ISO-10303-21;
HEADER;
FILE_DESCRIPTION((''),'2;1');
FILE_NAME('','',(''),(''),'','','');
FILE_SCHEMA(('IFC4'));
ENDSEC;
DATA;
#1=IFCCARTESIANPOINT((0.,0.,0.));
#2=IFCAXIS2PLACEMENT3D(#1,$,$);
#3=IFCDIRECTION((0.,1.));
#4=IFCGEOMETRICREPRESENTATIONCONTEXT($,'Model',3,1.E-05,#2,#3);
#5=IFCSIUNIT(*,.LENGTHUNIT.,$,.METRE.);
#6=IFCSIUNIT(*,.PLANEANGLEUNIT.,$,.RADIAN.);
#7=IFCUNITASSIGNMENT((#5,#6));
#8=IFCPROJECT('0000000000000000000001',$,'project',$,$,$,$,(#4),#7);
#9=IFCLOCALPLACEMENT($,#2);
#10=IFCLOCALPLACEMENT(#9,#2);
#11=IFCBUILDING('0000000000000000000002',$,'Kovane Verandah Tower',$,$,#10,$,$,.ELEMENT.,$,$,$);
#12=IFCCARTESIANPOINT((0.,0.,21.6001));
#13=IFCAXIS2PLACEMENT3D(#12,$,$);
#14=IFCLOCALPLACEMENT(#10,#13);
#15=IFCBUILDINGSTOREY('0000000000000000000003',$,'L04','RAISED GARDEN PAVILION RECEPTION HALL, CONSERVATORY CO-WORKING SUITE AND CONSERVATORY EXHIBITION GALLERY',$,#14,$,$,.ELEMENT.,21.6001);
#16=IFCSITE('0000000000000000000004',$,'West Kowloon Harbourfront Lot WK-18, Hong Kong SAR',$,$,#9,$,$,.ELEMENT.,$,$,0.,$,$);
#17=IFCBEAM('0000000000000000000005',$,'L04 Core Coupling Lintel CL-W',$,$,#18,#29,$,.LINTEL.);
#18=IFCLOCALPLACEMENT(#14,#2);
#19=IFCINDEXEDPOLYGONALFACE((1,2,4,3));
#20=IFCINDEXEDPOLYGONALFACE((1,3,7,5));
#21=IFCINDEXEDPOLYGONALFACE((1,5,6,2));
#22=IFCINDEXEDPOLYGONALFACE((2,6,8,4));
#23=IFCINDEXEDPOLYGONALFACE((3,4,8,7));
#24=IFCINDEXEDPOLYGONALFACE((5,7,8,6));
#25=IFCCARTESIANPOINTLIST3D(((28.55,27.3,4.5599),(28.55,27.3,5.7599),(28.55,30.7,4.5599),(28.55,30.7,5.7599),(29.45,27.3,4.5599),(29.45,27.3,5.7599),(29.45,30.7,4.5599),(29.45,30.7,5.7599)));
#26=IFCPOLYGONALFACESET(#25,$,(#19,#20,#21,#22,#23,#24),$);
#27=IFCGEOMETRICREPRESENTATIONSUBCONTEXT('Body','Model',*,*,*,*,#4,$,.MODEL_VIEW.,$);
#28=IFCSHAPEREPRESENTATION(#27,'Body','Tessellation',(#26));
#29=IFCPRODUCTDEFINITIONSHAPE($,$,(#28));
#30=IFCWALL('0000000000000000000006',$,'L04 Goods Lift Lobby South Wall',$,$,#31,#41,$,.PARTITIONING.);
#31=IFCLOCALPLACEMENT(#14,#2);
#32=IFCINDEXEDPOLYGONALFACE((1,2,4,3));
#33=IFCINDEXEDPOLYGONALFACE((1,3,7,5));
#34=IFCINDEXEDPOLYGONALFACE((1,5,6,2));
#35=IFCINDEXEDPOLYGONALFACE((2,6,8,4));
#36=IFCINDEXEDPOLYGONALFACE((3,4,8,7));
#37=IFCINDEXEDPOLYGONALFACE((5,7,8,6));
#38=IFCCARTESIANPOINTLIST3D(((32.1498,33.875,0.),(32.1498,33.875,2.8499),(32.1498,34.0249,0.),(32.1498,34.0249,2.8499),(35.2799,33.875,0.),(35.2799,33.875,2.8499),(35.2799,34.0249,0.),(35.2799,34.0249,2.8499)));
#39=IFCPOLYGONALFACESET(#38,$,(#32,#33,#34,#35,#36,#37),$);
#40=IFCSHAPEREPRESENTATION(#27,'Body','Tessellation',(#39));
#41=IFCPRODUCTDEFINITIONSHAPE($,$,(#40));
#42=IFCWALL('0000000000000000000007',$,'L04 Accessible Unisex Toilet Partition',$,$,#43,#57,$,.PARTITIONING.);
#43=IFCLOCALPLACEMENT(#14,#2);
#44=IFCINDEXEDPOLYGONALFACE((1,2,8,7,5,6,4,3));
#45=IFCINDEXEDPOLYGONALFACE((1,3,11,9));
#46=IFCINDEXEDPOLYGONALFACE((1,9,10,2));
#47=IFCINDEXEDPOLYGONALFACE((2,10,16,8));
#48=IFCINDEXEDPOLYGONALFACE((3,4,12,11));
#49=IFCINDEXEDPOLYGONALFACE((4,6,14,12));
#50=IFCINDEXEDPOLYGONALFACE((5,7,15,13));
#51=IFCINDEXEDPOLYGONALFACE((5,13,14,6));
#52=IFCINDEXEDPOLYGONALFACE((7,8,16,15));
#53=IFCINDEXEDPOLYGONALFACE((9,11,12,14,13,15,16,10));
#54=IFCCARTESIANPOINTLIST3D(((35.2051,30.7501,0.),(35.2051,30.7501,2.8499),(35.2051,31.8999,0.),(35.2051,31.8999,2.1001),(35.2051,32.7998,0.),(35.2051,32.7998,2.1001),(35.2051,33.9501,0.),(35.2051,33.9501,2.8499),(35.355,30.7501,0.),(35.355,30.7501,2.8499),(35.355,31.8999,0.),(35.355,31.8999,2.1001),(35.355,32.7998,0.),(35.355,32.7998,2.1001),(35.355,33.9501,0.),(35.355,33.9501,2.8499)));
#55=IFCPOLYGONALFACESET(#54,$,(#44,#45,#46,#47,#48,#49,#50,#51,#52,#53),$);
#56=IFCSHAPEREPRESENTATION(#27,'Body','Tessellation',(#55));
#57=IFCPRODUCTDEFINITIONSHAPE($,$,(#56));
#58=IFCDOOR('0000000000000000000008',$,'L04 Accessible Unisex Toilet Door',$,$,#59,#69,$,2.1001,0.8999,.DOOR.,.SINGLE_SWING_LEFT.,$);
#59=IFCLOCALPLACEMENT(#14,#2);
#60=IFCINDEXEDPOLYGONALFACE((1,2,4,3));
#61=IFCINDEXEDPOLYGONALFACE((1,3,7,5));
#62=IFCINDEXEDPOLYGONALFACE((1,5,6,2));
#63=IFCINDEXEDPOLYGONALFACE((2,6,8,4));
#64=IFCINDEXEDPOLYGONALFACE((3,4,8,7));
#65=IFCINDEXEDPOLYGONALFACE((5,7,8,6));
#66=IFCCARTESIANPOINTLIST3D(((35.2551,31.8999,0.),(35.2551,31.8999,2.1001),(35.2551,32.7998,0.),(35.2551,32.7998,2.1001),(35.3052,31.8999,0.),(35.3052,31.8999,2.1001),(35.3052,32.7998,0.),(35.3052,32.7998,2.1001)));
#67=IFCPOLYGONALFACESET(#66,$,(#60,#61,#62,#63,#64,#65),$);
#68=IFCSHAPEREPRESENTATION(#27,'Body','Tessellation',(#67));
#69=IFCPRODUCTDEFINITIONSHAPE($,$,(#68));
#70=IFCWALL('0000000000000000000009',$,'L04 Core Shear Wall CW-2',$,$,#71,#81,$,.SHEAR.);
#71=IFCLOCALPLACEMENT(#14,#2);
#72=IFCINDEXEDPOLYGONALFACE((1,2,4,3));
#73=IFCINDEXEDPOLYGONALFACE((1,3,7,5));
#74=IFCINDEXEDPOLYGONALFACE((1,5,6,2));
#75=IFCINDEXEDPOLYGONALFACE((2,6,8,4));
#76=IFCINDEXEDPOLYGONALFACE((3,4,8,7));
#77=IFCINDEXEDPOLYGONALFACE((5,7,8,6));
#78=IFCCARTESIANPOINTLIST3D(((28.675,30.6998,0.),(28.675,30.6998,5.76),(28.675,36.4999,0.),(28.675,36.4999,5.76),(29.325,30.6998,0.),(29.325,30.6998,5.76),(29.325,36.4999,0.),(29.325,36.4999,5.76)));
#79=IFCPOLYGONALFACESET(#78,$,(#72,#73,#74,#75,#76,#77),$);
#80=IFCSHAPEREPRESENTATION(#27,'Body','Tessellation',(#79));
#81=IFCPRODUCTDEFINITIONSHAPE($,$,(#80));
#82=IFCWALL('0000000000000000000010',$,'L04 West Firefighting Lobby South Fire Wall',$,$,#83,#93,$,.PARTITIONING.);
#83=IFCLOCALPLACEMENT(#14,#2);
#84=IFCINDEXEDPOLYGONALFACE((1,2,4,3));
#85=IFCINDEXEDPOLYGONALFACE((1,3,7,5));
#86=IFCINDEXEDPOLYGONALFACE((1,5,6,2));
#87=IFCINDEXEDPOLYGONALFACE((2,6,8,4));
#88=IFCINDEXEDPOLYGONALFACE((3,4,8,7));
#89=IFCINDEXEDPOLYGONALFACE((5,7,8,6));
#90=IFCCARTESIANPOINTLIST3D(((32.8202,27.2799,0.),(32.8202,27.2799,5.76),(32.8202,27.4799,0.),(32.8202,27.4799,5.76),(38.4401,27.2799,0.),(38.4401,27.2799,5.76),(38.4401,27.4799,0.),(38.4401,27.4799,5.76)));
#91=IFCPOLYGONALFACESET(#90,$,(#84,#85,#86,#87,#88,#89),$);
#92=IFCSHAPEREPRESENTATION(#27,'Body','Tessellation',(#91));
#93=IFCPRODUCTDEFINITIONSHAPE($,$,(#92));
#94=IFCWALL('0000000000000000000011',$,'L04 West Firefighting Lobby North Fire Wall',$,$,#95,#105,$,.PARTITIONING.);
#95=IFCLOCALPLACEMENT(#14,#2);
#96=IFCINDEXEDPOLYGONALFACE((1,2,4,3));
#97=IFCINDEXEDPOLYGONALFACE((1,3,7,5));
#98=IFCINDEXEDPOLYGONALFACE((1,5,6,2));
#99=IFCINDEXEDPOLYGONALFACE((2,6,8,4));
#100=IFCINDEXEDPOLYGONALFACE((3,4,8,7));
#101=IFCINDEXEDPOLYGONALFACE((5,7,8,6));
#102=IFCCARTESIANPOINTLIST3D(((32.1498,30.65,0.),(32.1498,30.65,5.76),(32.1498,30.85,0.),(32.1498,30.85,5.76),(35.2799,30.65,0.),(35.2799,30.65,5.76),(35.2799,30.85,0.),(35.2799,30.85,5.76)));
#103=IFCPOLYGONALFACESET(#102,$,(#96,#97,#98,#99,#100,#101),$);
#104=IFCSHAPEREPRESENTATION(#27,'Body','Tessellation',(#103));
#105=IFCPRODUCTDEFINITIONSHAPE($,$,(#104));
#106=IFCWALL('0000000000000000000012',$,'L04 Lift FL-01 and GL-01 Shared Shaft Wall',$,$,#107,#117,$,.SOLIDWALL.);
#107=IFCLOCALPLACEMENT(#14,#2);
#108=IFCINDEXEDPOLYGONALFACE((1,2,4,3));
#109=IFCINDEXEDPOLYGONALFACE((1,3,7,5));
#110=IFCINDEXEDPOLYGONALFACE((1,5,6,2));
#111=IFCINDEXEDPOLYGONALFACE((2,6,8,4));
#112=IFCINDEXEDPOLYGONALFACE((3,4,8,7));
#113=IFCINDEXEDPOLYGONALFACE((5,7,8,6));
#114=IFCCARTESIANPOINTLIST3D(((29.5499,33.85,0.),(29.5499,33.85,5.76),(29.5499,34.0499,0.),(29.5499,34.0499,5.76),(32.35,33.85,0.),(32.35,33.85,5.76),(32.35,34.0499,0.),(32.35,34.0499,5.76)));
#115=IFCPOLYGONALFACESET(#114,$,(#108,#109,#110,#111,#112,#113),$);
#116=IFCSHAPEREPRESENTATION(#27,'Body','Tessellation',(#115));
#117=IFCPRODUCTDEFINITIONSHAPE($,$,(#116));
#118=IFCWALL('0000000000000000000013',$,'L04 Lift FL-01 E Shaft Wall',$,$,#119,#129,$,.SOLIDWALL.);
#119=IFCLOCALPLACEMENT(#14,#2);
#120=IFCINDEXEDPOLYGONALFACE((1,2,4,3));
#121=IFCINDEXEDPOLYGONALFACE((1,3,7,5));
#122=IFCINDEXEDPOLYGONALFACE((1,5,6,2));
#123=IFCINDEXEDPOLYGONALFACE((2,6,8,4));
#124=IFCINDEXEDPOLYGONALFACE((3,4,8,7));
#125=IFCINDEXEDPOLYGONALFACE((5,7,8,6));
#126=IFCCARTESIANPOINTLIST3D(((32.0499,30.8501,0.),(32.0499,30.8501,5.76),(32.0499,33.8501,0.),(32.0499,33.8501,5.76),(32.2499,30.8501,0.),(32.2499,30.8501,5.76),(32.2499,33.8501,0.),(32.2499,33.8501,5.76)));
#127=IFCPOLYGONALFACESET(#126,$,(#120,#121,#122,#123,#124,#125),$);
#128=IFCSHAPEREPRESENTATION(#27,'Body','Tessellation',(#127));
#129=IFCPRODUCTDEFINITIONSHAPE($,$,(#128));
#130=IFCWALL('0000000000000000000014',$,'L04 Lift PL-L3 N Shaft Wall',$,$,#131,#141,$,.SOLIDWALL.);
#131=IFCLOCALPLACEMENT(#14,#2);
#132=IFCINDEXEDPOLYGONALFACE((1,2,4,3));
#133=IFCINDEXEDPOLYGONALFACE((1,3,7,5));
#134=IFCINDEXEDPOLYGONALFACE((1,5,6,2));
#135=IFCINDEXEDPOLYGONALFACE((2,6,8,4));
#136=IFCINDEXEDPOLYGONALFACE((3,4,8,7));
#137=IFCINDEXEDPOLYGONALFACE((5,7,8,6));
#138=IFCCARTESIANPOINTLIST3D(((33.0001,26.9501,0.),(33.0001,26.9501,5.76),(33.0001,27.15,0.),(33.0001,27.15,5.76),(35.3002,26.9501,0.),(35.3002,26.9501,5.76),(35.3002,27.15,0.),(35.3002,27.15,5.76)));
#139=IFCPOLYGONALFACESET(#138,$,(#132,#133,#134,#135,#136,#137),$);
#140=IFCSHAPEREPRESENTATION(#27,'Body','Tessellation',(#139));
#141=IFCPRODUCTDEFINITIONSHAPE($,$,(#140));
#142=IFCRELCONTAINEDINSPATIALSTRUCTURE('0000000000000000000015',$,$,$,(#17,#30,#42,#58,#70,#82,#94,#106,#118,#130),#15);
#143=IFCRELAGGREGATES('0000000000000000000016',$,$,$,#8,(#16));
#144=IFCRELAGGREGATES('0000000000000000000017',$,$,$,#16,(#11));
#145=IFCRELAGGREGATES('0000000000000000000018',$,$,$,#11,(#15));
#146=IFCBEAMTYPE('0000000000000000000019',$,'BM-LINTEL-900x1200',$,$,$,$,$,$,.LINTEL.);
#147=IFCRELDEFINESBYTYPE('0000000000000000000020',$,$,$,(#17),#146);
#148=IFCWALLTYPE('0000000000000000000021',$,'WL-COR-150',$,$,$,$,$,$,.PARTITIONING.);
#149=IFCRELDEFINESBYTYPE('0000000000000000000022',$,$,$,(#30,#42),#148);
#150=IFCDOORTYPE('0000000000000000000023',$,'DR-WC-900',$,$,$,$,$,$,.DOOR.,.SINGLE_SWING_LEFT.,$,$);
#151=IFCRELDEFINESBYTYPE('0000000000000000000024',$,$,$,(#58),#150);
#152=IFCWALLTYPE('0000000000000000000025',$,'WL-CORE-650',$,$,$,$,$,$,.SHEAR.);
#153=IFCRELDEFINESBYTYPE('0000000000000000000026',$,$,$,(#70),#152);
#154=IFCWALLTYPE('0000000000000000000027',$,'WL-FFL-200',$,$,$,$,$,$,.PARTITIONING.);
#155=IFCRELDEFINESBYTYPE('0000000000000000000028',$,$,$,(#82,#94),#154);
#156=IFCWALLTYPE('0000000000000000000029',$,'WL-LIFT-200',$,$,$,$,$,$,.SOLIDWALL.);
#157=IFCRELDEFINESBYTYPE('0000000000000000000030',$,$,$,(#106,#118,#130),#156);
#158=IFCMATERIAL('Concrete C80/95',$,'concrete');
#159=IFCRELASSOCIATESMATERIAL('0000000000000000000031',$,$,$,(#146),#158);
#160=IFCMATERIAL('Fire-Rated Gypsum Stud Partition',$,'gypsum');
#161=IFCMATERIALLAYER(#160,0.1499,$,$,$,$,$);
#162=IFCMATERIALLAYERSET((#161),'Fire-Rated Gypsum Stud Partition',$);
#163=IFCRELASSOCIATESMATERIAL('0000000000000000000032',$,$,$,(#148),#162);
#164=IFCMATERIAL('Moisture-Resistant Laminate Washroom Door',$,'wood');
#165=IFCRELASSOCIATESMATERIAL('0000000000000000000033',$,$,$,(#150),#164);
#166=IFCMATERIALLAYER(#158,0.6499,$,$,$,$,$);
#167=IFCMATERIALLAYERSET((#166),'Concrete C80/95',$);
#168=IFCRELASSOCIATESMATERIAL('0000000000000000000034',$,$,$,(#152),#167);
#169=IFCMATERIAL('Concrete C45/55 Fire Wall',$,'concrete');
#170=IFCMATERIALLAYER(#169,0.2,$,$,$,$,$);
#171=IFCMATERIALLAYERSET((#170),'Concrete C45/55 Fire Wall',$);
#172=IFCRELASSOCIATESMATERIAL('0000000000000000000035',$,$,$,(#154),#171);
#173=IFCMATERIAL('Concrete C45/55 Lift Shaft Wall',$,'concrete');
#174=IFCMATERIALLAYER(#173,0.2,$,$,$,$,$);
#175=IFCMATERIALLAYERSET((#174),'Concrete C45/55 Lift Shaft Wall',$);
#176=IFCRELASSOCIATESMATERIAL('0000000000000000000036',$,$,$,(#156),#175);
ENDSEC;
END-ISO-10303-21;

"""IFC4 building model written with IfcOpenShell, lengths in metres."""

from ifc_helpers import new_model, si_unit, direction, frame, frame_2d, origin, origin_2d, place, context, subcontext, project, spatial, rectangle, extrude, material, layer, layer_set, material_profile, profile_set, type_object, element, fill, save


model = new_model("IFC4")

# Units and contexts
model_context = context("Model", 3, precision=1e-05, world=origin(), true_north=direction((0.0, 1.0)))
body_context = subcontext(model_context, "Body", "Model", "MODEL_VIEW")
ifc_project = project(units=[si_unit("LENGTHUNIT", "METRE"), si_unit("PLANEANGLEUNIT", "RADIAN")], contexts=[model_context])

# Site, building, storey
site_placement = place(None, origin())
site = spatial("IfcSite", under=ifc_project, at=site_placement, Name="West Kowloon Harbourfront Lot WK-18, Hong Kong SAR", CompositionType="ELEMENT", RefElevation=0.0)
building_placement = place(site_placement, origin())
building = spatial("IfcBuilding", under=site, at=building_placement, Name="Kovane Verandah Tower", CompositionType="ELEMENT")
storey_placement = place(building_placement, frame((0.0, 0.0, 21.6001)))
storey = spatial("IfcBuildingStorey", under=building, at=storey_placement, Name="L04", Description="RAISED GARDEN PAVILION RECEPTION HALL, CONSERVATORY CO-WORKING SUITE AND CONSERVATORY EXHIBITION GALLERY", CompositionType="ELEMENT", Elevation=21.6001)

# Beam
ifc_material_1 = material(Name="Concrete C80/95", Category="concrete")
ifc_material_profile = material_profile(ifc_material_1, rectangle(XDim=0.8999, YDim=1.2, at=origin_2d()), Name="RCB900x1200")
ifc_profile_set = profile_set([ifc_material_profile], Name="Concrete C80/95")
beam_type = type_object("IfcBeamType", Name="BM-LINTEL-900x1200", PredefinedType="LINTEL", material=ifc_profile_set)
beam_placement = place(storey_placement, frame((29.0, 27.3, 5.1599), z_axis=(0.0, 1.0, 0.0), x_axis=(-1.0, 0.0, 0.0)))
element("IfcBeam", 1, at=beam_placement, inside=storey, type_object=beam_type, Name="L04 Core Coupling Lintel CL-W", PredefinedType="LINTEL", context=body_context, shape_type="SweptSolid", body=[
    extrude(rectangle(XDim=0.8999, YDim=1.2, at=origin_2d()), origin(), (0.0, 0.0, 1.0), 3.3999),
])

# Wall
ifc_material_2 = material(Name="Fire-Rated Gypsum Stud Partition", Category="gypsum")
ifc_layer_1 = layer(ifc_material_2, 0.1499)
ifc_layer_set_1 = layer_set([ifc_layer_1], Name="Fire-Rated Gypsum Stud Partition")
wall_type_1 = type_object("IfcWallType", Name="WL-COR-150", PredefinedType="PARTITIONING", material=ifc_layer_set_1)
wall_1_placement = place(storey_placement, frame((32.1499, 33.95, 0.0), z_axis=(0.0, 0.0, 1.0), x_axis=(1.0, 0.0, 0.0)))
element("IfcWall", 2, at=wall_1_placement, inside=storey, type_object=wall_type_1, Name="L04 Goods Lift Lobby South Wall", PredefinedType="PARTITIONING", context=body_context, shape_type="SweptSolid", body=[
    extrude(rectangle(XDim=3.1301, YDim=0.1499, at=frame_2d((1.5649, 0.0))), origin(), (0.0, 0.0, 1.0), 2.8499),
])

# Wall, opening, door
wall_2_placement = place(storey_placement, frame((35.28, 30.75, 0.0), z_axis=(0.0, 0.0, 1.0), x_axis=(0.0, 1.0, 0.0)))
wall_2 = element("IfcWall", 3, at=wall_2_placement, inside=storey, type_object=wall_type_1, Name="L04 Accessible Unisex Toilet Partition", PredefinedType="PARTITIONING", context=body_context, shape_type="SweptSolid", body=[
    extrude(rectangle(XDim=3.2, YDim=0.1499, at=frame_2d((1.6001, 0.0))), origin(), (0.0, 0.0, 1.0), 2.8499),
])
opening_1_placement = place(wall_2_placement, frame((1.1499, 0.0, 0.0)))
opening_1 = element("IfcOpeningElement", 4, at=opening_1_placement, cuts=wall_2, PredefinedType="OPENING", context=body_context, shape_type="SweptSolid", body=[
    extrude(rectangle(XDim=0.8999, YDim=2.1001, at=frame_2d((0.45, 1.05))), frame((0.0, 0.075, 0.0), z_axis=(0.0, -1.0, 0.0), x_axis=(1.0, 0.0, 0.0)), (0.0, 0.0, 1.0), 0.1499),
])
ifc_material_3 = material(Name="Moisture-Resistant Laminate Washroom Door", Category="wood")
door_type_1 = type_object("IfcDoorType", Name="DR-WC-900", OperationType="SINGLE_SWING_LEFT", PredefinedType="DOOR", material=ifc_material_3)
door_1_placement = place(opening_1_placement, origin())
door_1 = element("IfcDoor", 5, at=door_1_placement, inside=storey, type_object=door_type_1, Name="L04 Accessible Unisex Toilet Door", OperationType="SINGLE_SWING_LEFT", OverallHeight=2.1001, OverallWidth=0.8999, PredefinedType="DOOR", context=body_context, shape_type="SweptSolid", body=[
    extrude(rectangle(XDim=0.8999, YDim=2.1001, at=frame_2d((0.45, 1.05))), frame((0.0, 0.0249, 0.0), z_axis=(0.0, -1.0, 0.0), x_axis=(1.0, 0.0, 0.0)), (0.0, 0.0, 1.0), 0.05),
])
fill(opening_1, door_1)

# Wall
ifc_layer_2 = layer(ifc_material_1, 0.6499)
ifc_layer_set_2 = layer_set([ifc_layer_2], Name="Concrete C80/95")
wall_type_2 = type_object("IfcWallType", Name="WL-CORE-650", PredefinedType="SHEAR", material=ifc_layer_set_2)
wall_3_placement = place(storey_placement, frame((29.0, 30.7, 0.0), z_axis=(0.0, 0.0, 1.0), x_axis=(0.0, 1.0, 0.0)))
element("IfcWall", 6, at=wall_3_placement, inside=storey, type_object=wall_type_2, Name="L04 Core Shear Wall CW-2", PredefinedType="SHEAR", context=body_context, shape_type="SweptSolid", body=[
    extrude(rectangle(XDim=5.8, YDim=0.6499, at=frame_2d((2.8999, 0.0))), origin(), (0.0, 0.0, 1.0), 5.76),
])

# Shared definitions
ifc_material_4 = material(Name="Concrete C45/55 Fire Wall", Category="concrete")
ifc_layer_3 = layer(ifc_material_4, 0.2)
ifc_layer_set_3 = layer_set([ifc_layer_3], Name="Concrete C45/55 Fire Wall")
wall_type_3 = type_object("IfcWallType", Name="WL-FFL-200", PredefinedType="PARTITIONING", material=ifc_layer_set_3)

# Walls
wall_4_placement = place(storey_placement, frame((32.8201, 27.3799, 0.0), z_axis=(0.0, 0.0, 1.0), x_axis=(1.0, 0.0, 0.0)))
element("IfcWall", 7, at=wall_4_placement, inside=storey, type_object=wall_type_3, Name="L04 West Firefighting Lobby South Fire Wall", PredefinedType="PARTITIONING", context=body_context, shape_type="SweptSolid", body=[
    extrude(rectangle(XDim=5.6199, YDim=0.2, at=frame_2d((2.8101, 0.0))), origin(), (0.0, 0.0, 1.0), 5.76),
])
wall_5_placement = place(storey_placement, frame((32.1499, 30.75, 0.0), z_axis=(0.0, 0.0, 1.0), x_axis=(1.0, 0.0, 0.0)))
element("IfcWall", 8, at=wall_5_placement, inside=storey, type_object=wall_type_3, Name="L04 West Firefighting Lobby North Fire Wall", PredefinedType="PARTITIONING", context=body_context, shape_type="SweptSolid", body=[
    extrude(rectangle(XDim=3.1301, YDim=0.2, at=frame_2d((1.5649, 0.0))), origin(), (0.0, 0.0, 1.0), 5.76),
])

# Shared definitions
ifc_material_5 = material(Name="Concrete C45/55 Lift Shaft Wall", Category="concrete")
ifc_layer_4 = layer(ifc_material_5, 0.2)
ifc_layer_set_4 = layer_set([ifc_layer_4], Name="Concrete C45/55 Lift Shaft Wall")
wall_type_4 = type_object("IfcWallType", Name="WL-LIFT-200", PredefinedType="SOLIDWALL", material=ifc_layer_set_4)

# Walls
wall_6_placement = place(storey_placement, frame((29.55, 33.95, 0.0), z_axis=(0.0, 0.0, 1.0), x_axis=(1.0, 0.0, 0.0)))
element("IfcWall", 9, at=wall_6_placement, inside=storey, type_object=wall_type_4, Name="L04 Lift FL-01 and GL-01 Shared Shaft Wall", PredefinedType="SOLIDWALL", context=body_context, shape_type="SweptSolid", body=[
    extrude(rectangle(XDim=2.8, YDim=0.2, at=frame_2d((1.3999, 0.0))), origin(), (0.0, 0.0, 1.0), 5.76),
])
wall_7_placement = place(storey_placement, frame((32.1499, 30.8501, 0.0), z_axis=(0.0, 0.0, 1.0), x_axis=(0.0, 1.0, 0.0)))
element("IfcWall", 10, at=wall_7_placement, inside=storey, type_object=wall_type_4, Name="L04 Lift FL-01 E Shaft Wall", PredefinedType="SOLIDWALL", context=body_context, shape_type="SweptSolid", body=[
    extrude(rectangle(XDim=3.0, YDim=0.2, at=frame_2d((1.5, 0.0))), origin(), (0.0, 0.0, 1.0), 5.76),
])
wall_8_placement = place(storey_placement, frame((35.3, 27.05, 0.0), z_axis=(0.0, 0.0, 1.0), x_axis=(-1.0, 0.0, 0.0)))
element("IfcWall", 11, at=wall_8_placement, inside=storey, type_object=wall_type_4, Name="L04 Lift PL-L3 N Shaft Wall", PredefinedType="SOLIDWALL", context=body_context, shape_type="SweptSolid", body=[
    extrude(rectangle(XDim=2.3, YDim=0.2, at=frame_2d((1.1499, 0.0))), origin(), (0.0, 0.0, 1.0), 5.76),
])

save(model, "model.ifc")
